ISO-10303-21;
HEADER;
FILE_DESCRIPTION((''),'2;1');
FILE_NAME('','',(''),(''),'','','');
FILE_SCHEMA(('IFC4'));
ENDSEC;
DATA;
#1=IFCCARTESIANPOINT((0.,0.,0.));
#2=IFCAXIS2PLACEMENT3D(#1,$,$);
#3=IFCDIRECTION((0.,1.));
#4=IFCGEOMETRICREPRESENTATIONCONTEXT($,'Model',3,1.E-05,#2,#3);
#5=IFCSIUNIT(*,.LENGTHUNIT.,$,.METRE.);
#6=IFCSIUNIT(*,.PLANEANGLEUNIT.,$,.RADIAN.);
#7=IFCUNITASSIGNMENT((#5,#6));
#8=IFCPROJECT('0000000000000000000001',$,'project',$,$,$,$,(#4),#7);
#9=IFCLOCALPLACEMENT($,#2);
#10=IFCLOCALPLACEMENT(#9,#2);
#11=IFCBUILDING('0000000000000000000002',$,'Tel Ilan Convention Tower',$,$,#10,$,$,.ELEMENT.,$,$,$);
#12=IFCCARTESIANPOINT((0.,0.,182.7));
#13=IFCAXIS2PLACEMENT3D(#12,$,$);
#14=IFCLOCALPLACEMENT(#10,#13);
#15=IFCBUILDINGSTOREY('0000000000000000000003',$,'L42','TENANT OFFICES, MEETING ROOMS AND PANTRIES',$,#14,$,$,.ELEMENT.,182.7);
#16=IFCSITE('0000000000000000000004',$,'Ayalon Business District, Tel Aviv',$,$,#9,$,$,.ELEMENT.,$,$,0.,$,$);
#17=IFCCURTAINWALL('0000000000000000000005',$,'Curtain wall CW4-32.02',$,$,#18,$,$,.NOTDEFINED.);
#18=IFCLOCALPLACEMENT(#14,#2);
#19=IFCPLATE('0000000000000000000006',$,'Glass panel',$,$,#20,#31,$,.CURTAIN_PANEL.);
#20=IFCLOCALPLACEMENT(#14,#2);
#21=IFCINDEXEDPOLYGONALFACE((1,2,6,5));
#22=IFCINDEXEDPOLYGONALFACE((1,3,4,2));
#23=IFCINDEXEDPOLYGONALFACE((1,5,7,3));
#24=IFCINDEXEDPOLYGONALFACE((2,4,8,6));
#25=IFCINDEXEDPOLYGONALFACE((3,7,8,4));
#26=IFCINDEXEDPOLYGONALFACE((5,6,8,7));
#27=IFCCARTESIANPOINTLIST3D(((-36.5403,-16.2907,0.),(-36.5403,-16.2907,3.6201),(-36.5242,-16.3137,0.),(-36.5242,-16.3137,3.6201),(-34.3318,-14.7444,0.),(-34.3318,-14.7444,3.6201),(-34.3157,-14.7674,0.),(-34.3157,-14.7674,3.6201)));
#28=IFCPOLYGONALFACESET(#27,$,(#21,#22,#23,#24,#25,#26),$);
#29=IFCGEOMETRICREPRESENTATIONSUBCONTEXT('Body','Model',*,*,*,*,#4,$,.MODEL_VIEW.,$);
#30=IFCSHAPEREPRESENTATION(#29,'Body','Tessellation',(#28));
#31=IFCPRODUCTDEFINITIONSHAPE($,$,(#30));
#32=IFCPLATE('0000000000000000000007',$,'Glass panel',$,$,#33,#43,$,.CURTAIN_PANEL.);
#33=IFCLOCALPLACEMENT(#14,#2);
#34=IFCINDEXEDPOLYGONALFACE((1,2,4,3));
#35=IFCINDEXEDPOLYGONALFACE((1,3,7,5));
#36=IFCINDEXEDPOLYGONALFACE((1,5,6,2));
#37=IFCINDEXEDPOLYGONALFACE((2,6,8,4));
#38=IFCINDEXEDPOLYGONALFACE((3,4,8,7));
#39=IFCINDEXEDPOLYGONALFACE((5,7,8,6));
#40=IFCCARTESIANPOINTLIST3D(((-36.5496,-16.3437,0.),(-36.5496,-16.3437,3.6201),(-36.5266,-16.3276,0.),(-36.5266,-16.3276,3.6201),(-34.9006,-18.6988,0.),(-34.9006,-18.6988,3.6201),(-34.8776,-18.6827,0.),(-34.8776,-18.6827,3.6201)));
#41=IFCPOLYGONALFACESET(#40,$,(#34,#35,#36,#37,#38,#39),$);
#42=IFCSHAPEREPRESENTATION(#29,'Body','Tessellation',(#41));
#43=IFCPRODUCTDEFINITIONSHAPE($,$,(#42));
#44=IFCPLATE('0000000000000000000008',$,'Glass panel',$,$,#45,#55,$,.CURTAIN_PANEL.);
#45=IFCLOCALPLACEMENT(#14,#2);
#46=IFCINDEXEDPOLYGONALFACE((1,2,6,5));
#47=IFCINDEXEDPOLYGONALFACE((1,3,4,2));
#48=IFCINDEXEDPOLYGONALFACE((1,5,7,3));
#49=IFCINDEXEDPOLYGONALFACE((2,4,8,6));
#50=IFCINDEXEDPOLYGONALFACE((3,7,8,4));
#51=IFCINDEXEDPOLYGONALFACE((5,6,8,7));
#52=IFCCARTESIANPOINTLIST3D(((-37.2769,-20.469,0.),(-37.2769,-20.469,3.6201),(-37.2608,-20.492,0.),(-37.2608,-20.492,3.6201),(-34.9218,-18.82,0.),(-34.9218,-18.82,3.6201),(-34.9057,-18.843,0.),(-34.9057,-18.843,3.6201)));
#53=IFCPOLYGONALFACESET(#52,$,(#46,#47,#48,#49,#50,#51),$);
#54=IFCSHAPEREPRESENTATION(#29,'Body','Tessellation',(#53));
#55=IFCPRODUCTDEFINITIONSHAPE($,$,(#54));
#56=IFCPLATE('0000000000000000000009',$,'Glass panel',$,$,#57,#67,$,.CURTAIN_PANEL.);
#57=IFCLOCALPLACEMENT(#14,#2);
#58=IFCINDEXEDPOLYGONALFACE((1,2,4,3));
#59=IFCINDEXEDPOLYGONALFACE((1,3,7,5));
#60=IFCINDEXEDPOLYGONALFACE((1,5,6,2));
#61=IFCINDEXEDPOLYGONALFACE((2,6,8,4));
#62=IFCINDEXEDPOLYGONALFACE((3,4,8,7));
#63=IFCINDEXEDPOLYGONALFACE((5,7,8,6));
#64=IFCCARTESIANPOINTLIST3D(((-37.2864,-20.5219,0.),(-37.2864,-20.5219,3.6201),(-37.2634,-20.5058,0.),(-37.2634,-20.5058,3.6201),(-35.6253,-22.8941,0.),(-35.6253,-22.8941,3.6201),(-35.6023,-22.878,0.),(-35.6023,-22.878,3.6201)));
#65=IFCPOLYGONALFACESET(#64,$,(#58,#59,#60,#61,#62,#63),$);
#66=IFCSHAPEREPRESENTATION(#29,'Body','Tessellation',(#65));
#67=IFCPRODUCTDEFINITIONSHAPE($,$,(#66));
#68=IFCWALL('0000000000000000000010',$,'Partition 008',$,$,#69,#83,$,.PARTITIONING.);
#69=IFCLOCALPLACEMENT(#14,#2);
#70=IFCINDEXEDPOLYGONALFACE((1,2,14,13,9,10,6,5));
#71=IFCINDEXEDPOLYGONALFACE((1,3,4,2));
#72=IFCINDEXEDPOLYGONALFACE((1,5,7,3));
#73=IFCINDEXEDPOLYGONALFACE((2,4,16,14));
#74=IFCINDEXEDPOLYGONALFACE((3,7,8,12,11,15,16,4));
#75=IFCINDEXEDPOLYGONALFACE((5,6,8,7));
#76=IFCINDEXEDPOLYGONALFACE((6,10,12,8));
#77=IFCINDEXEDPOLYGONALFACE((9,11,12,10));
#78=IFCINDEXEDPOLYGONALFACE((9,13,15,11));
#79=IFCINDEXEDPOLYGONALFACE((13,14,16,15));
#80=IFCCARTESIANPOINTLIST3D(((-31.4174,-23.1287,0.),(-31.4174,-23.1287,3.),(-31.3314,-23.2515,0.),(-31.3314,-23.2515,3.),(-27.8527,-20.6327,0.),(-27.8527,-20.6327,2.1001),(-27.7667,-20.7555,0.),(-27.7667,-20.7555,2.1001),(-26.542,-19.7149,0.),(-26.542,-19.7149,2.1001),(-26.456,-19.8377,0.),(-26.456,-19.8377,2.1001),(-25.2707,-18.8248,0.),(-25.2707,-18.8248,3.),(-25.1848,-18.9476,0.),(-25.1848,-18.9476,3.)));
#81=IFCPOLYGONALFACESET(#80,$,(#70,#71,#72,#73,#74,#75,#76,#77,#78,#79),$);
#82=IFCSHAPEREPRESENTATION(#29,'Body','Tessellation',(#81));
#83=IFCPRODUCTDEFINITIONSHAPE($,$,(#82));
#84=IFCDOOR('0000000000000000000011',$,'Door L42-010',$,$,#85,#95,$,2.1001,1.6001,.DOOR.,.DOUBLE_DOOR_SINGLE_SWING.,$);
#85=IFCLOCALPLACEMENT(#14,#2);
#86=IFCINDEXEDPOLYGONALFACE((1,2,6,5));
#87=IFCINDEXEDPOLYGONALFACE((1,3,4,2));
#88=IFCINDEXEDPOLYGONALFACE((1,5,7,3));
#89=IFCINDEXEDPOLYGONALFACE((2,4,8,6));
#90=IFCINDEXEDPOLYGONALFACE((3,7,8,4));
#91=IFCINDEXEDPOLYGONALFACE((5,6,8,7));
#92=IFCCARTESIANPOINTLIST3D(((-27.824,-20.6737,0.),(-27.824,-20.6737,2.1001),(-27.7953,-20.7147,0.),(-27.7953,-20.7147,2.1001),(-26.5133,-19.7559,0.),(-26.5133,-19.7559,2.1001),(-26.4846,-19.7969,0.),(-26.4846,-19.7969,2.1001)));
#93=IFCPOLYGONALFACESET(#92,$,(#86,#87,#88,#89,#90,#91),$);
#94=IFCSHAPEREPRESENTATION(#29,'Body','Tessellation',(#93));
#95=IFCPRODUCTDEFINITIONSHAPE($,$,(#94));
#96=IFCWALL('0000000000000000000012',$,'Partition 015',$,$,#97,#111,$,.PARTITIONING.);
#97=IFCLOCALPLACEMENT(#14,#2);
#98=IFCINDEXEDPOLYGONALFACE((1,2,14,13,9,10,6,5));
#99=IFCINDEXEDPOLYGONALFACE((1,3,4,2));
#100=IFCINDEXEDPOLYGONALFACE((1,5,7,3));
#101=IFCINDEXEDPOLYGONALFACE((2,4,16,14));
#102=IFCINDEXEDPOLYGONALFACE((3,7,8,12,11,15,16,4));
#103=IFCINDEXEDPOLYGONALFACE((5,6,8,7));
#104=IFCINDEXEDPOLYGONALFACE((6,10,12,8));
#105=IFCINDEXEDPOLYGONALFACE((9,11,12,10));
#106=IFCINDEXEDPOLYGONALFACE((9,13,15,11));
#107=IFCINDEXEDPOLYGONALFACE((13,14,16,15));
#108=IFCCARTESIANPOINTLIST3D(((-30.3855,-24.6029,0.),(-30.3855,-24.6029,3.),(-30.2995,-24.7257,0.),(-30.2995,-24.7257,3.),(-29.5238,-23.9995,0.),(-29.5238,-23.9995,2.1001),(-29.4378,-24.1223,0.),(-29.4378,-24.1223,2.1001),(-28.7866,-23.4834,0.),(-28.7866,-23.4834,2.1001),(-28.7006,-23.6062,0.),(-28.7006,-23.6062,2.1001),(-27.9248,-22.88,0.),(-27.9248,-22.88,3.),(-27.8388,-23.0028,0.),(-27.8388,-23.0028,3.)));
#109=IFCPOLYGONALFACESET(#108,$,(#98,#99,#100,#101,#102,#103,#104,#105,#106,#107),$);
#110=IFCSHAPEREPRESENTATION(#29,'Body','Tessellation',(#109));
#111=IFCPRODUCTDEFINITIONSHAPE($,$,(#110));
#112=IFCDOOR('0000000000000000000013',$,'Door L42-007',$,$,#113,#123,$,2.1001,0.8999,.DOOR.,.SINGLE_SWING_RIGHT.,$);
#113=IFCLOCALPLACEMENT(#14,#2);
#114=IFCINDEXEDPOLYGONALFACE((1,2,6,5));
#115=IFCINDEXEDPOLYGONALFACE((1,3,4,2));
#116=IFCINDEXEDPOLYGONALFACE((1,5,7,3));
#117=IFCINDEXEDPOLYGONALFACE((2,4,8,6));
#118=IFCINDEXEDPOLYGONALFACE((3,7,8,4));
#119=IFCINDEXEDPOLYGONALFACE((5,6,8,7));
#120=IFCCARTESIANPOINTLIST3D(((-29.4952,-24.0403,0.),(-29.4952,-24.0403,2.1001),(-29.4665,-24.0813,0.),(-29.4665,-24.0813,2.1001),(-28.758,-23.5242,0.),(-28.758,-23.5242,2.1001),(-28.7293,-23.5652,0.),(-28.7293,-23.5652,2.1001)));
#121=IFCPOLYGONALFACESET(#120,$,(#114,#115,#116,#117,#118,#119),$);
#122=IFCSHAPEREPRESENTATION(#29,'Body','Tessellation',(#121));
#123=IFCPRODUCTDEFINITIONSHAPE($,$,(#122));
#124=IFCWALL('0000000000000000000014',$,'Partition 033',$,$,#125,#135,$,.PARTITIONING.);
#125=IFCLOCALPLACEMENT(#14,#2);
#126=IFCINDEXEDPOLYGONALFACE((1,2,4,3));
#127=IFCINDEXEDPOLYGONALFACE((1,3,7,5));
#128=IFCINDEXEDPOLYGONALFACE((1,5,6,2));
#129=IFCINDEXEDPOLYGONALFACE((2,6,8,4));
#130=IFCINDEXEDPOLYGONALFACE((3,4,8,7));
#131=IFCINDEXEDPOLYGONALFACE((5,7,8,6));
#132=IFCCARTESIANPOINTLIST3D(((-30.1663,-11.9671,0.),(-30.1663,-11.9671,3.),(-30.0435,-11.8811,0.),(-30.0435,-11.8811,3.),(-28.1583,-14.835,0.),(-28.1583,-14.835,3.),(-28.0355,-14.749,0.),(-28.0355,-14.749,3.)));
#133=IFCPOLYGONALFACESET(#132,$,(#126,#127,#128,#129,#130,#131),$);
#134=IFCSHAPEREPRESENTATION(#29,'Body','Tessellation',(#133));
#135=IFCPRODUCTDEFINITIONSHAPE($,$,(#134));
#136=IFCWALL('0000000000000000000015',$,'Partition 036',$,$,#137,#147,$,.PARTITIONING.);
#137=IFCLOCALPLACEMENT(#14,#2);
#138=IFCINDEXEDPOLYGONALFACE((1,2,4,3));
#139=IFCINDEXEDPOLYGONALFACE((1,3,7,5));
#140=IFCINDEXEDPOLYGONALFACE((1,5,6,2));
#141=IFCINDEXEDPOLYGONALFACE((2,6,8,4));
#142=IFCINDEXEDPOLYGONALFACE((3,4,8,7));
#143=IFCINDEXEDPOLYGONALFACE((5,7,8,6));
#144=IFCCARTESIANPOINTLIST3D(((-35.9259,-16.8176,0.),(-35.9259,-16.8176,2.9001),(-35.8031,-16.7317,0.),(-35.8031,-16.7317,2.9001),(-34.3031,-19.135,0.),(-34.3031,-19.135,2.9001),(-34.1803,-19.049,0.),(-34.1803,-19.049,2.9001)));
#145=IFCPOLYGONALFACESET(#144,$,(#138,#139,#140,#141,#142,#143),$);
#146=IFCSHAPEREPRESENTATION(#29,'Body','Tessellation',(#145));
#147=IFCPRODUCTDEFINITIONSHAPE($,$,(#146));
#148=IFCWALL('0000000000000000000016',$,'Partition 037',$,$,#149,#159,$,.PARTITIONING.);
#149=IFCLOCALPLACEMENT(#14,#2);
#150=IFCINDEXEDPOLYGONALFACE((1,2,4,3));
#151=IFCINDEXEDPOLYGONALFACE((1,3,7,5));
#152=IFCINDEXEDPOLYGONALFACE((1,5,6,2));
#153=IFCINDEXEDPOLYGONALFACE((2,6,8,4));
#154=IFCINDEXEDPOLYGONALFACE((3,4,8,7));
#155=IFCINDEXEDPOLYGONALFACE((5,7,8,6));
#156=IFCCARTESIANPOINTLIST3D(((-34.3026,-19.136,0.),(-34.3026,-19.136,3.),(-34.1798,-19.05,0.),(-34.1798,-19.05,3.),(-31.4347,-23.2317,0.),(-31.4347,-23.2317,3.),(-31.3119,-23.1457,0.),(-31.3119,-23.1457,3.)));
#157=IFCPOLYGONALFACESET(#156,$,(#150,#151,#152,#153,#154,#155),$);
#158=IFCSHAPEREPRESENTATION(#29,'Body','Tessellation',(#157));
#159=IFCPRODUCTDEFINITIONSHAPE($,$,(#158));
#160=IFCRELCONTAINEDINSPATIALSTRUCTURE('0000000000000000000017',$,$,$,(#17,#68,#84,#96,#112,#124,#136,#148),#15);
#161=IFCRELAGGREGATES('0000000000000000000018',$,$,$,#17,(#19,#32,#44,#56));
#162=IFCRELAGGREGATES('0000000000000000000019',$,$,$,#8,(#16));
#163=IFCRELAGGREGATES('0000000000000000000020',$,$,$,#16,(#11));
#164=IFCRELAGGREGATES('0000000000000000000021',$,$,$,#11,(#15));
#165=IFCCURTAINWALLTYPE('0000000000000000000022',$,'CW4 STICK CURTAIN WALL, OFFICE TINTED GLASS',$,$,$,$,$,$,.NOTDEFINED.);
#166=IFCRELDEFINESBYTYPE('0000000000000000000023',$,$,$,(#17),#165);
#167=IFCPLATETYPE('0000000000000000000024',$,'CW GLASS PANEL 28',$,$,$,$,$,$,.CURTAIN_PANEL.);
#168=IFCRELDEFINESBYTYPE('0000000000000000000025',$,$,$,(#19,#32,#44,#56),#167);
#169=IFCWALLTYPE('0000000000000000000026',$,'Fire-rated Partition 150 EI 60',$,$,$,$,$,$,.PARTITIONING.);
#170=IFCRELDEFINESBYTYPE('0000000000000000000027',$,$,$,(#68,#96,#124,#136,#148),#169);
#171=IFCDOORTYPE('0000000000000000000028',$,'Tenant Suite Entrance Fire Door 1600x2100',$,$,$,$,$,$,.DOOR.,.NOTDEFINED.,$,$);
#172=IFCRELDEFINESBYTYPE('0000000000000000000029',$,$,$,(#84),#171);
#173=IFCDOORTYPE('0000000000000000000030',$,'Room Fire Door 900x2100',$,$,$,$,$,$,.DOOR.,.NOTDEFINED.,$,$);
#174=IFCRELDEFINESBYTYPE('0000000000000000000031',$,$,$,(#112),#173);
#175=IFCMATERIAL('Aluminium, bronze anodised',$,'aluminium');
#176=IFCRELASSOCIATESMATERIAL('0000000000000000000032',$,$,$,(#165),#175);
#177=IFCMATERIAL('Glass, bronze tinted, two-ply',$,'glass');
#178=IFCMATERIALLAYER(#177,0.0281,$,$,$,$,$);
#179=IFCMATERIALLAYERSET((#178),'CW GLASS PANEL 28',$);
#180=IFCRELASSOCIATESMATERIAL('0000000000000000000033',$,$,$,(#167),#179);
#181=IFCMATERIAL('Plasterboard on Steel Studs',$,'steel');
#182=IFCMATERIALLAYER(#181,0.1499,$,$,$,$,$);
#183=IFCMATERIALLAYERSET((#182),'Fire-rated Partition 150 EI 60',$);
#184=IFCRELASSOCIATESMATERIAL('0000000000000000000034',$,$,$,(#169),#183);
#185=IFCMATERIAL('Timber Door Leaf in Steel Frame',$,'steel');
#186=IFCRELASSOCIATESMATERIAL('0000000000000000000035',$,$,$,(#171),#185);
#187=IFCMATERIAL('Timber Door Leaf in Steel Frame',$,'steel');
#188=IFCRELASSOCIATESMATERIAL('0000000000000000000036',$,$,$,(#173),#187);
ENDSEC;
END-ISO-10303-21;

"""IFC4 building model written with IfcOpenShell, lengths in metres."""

from ifc_helpers import new_model, si_unit, direction, frame, frame_2d, origin, origin_2d, place, context, subcontext, project, spatial, rectangle, extrude, material, layer, layer_set, type_object, element, fill, aggregate, save


model = new_model("IFC4")

# Units and contexts
model_context = context("Model", 3, precision=1e-05, world=origin(), true_north=direction((0.0, 1.0)))
body_context = subcontext(model_context, "Body", "Model", "MODEL_VIEW")
ifc_project = project(units=[si_unit("LENGTHUNIT", "METRE"), si_unit("PLANEANGLEUNIT", "RADIAN")], contexts=[model_context])

# Site, building, storey
site_placement = place(None, origin())
site = spatial("IfcSite", under=ifc_project, at=site_placement, Name="Ayalon Business District, Tel Aviv", CompositionType="ELEMENT", RefElevation=0.0)
building_placement = place(site_placement, origin())
building = spatial("IfcBuilding", under=site, at=building_placement, Name="Tel Ilan Convention Tower", CompositionType="ELEMENT")
storey_placement = place(building_placement, frame((0.0, 0.0, 182.7)))
storey = spatial("IfcBuildingStorey", under=building, at=storey_placement, Name="L42", Description="TENANT OFFICES, MEETING ROOMS AND PANTRIES", CompositionType="ELEMENT", Elevation=182.7)

# Curtain wall, plates
ifc_material_1 = material(Name="Aluminium, bronze anodised", Category="aluminium")
curtain_wall_type = type_object("IfcCurtainWallType", Name="CW4 STICK CURTAIN WALL, OFFICE TINTED GLASS", PredefinedType="NOTDEFINED", material=ifc_material_1)
curtain_wall_placement = place(storey_placement, origin())
curtain_wall = element("IfcCurtainWall", 1, at=curtain_wall_placement, inside=storey, type_object=curtain_wall_type, Name="Curtain wall CW4-32.02", PredefinedType="NOTDEFINED")
ifc_material_2 = material(Name="Glass, bronze tinted, two-ply", Category="glass")
ifc_layer_1 = layer(ifc_material_2, 0.0281)
ifc_layer_set_1 = layer_set([ifc_layer_1], Name="CW GLASS PANEL 28")
plate_type = type_object("IfcPlateType", Name="CW GLASS PANEL 28", PredefinedType="CURTAIN_PANEL", material=ifc_layer_set_1)
plate_1_placement = place(storey_placement, frame((-35.428, -15.5291, 0.0), z_axis=(0.0, 0.0, 1.0), x_axis=(-0.819152, -0.573576, 0.0)))
plate_1 = element("IfcPlate", 2, at=plate_1_placement, type_object=plate_type, Name="Glass panel", PredefinedType="CURTAIN_PANEL", context=body_context, shape_type="SweptSolid", body=[
    extrude(rectangle(XDim=2.696, YDim=0.0281, at=origin_2d()), origin(), (0.0, 0.0, 1.0), 3.6201),
])
plate_2_placement = place(storey_placement, frame((-35.7136, -17.5132, 0.0), z_axis=(0.0, 0.0, 1.0), x_axis=(0.573576, -0.819152, 0.0)))
plate_2 = element("IfcPlate", 3, at=plate_2_placement, type_object=plate_type, Name="Glass panel", PredefinedType="CURTAIN_PANEL", context=body_context, shape_type="SweptSolid", body=[
    extrude(rectangle(XDim=2.875, YDim=0.0281, at=origin_2d()), origin(), (0.0, 0.0, 1.0), 3.6201),
])
plate_3_placement = place(storey_placement, frame((-36.0913, -19.656, 0.0), z_axis=(0.0, 0.0, 1.0), x_axis=(-0.819152, -0.573576, 0.0)))
plate_3 = element("IfcPlate", 4, at=plate_3_placement, type_object=plate_type, Name="Glass panel", PredefinedType="CURTAIN_PANEL", context=body_context, shape_type="SweptSolid", body=[
    extrude(rectangle(XDim=2.875, YDim=0.0281, at=origin_2d()), origin(), (0.0, 0.0, 1.0), 3.6201),
])
plate_4_placement = place(storey_placement, frame((-36.4443, -21.7, 0.0), z_axis=(0.0, 0.0, 1.0), x_axis=(0.573576, -0.819152, 0.0)))
plate_4 = element("IfcPlate", 5, at=plate_4_placement, type_object=plate_type, Name="Glass panel", PredefinedType="CURTAIN_PANEL", context=body_context, shape_type="SweptSolid", body=[
    extrude(rectangle(XDim=2.896, YDim=0.0281, at=origin_2d()), origin(), (0.0, 0.0, 1.0), 3.6201),
])
aggregate(curtain_wall, [plate_1, plate_2, plate_3, plate_4])

# Walls, openings, doors
ifc_material_3 = material(Name="Plasterboard on Steel Studs", Category="steel")
ifc_layer_2 = layer(ifc_material_3, 0.1499)
ifc_layer_set_2 = layer_set([ifc_layer_2], Name="Fire-rated Partition 150 EI 60")
wall_type_1 = type_object("IfcWallType", Name="Fire-rated Partition 150 EI 60", PredefinedType="PARTITIONING", material=ifc_layer_set_2)
wall_1_placement = place(storey_placement, frame((-31.3745, -23.1902, 0.0), z_axis=(0.0, 0.0, 1.0), x_axis=(0.819154, 0.573574, 0.0)))
wall_1 = element("IfcWall", 6, at=wall_1_placement, inside=storey, type_object=wall_type_1, Name="Partition 008", PredefinedType="PARTITIONING", context=body_context, shape_type="SweptSolid", body=[
    extrude(rectangle(XDim=7.5037, YDim=0.1499, at=frame_2d((3.752, 0.0))), origin(), (0.0, 0.0, 1.0), 3.0),
])
opening_1_placement = place(wall_1_placement, frame((4.3518, 0.0, 0.0)))
opening_1 = element("IfcOpeningElement", 7, at=opening_1_placement, cuts=wall_1, PredefinedType="OPENING", context=body_context, shape_type="SweptSolid", body=[
    extrude(rectangle(XDim=1.6001, YDim=2.1001, at=frame_2d((0.8, 1.05))), frame((0.0, 0.085, 0.0), z_axis=(0.0, -1.0, 0.0), x_axis=(1.0, 0.0, 0.0)), (0.0, 0.0, 1.0), 0.1699),
])
ifc_material_4 = material(Name="Timber Door Leaf in Steel Frame", Category="steel")
door_type_1 = type_object("IfcDoorType", Name="Tenant Suite Entrance Fire Door 1600x2100", OperationType="NOTDEFINED", PredefinedType="DOOR", material=ifc_material_4)
door_1_placement = place(opening_1_placement, origin())
door_1 = element("IfcDoor", 8, at=door_1_placement, inside=storey, type_object=door_type_1, Name="Door L42-010", OperationType="DOUBLE_DOOR_SINGLE_SWING", OverallHeight=2.1001, OverallWidth=1.6001, PredefinedType="DOOR", context=body_context, shape_type="SweptSolid", body=[
    extrude(rectangle(XDim=1.6001, YDim=2.1001, at=frame_2d((0.8, 1.05))), frame((0.0, 0.0249, 0.0), z_axis=(0.0, -1.0, 0.0), x_axis=(1.0, 0.0, 0.0)), (0.0, 0.0, 1.0), 0.05),
])
fill(opening_1, door_1)
wall_2_placement = place(storey_placement, frame((-27.8818, -22.9414, 0.0), z_axis=(0.0, 0.0, 1.0), x_axis=(-0.819167, -0.573555, 0.0)))
wall_2 = element("IfcWall", 9, at=wall_2_placement, inside=storey, type_object=wall_type_1, Name="Partition 015", PredefinedType="PARTITIONING", context=body_context, shape_type="SweptSolid", body=[
    extrude(rectangle(XDim=3.0039, YDim=0.1499, at=frame_2d((1.502, 0.0))), origin(), (0.0, 0.0, 1.0), 3.0),
])
opening_2_placement = place(wall_2_placement, frame((1.052, 0.0, 0.0)))
opening_2 = element("IfcOpeningElement", 10, at=opening_2_placement, cuts=wall_2, PredefinedType="OPENING", context=body_context, shape_type="SweptSolid", body=[
    extrude(rectangle(XDim=0.8999, YDim=2.1001, at=frame_2d((0.45, 1.05))), frame((0.0, 0.085, 0.0), z_axis=(0.0, -1.0, 0.0), x_axis=(1.0, 0.0, 0.0)), (0.0, 0.0, 1.0), 0.1699),
])
ifc_material_5 = material(Name="Timber Door Leaf in Steel Frame", Category="steel")
door_type_2 = type_object("IfcDoorType", Name="Room Fire Door 900x2100", OperationType="NOTDEFINED", PredefinedType="DOOR", material=ifc_material_5)
door_2_placement = place(opening_2_placement, origin())
door_2 = element("IfcDoor", 11, at=door_2_placement, inside=storey, type_object=door_type_2, Name="Door L42-007", OperationType="SINGLE_SWING_RIGHT", OverallHeight=2.1001, OverallWidth=0.8999, PredefinedType="DOOR", context=body_context, shape_type="SweptSolid", body=[
    extrude(rectangle(XDim=0.8999, YDim=2.1001, at=frame_2d((0.45, 1.05))), frame((0.0, 0.0249, 0.0), z_axis=(0.0, -1.0, 0.0), x_axis=(1.0, 0.0, 0.0)), (0.0, 0.0, 1.0), 0.05),
])
fill(opening_2, door_2)

# Walls
wall_3_placement = place(storey_placement, frame((-28.0969, -14.792, 0.0), z_axis=(0.0, 0.0, 1.0), x_axis=(-0.573561, 0.819163, 0.0)))
element("IfcWall", 12, at=wall_3_placement, inside=storey, type_object=wall_type_1, Name="Partition 033", PredefinedType="PARTITIONING", context=body_context, shape_type="SweptSolid", body=[
    extrude(rectangle(XDim=3.501, YDim=0.1499, at=frame_2d((1.7505, 0.0))), origin(), (0.0, 0.0, 1.0), 3.0),
])
wall_4_placement = place(storey_placement, frame((-34.2417, -19.092, 0.0), z_axis=(0.0, 0.0, 1.0), x_axis=(-0.573613, 0.819126, 0.0)))
element("IfcWall", 13, at=wall_4_placement, inside=storey, type_object=wall_type_1, Name="Partition 036", PredefinedType="PARTITIONING", context=body_context, shape_type="SweptSolid", body=[
    extrude(rectangle(XDim=2.8291, YDim=0.1499, at=frame_2d((1.4146, 0.0))), origin(), (0.0, 0.0, 1.0), 2.9001),
])
wall_5_placement = place(storey_placement, frame((-31.3733, -23.1887, 0.0), z_axis=(0.0, 0.0, 1.0), x_axis=(-0.573587, 0.819145, 0.0)))
element("IfcWall", 14, at=wall_5_placement, inside=storey, type_object=wall_type_1, Name="Partition 037", PredefinedType="PARTITIONING", context=body_context, shape_type="SweptSolid", body=[
    extrude(rectangle(XDim=5.0, YDim=0.1499, at=frame_2d((2.5, 0.0))), origin(), (0.0, 0.0, 1.0), 3.0),
])

save(model, "model.ifc")
